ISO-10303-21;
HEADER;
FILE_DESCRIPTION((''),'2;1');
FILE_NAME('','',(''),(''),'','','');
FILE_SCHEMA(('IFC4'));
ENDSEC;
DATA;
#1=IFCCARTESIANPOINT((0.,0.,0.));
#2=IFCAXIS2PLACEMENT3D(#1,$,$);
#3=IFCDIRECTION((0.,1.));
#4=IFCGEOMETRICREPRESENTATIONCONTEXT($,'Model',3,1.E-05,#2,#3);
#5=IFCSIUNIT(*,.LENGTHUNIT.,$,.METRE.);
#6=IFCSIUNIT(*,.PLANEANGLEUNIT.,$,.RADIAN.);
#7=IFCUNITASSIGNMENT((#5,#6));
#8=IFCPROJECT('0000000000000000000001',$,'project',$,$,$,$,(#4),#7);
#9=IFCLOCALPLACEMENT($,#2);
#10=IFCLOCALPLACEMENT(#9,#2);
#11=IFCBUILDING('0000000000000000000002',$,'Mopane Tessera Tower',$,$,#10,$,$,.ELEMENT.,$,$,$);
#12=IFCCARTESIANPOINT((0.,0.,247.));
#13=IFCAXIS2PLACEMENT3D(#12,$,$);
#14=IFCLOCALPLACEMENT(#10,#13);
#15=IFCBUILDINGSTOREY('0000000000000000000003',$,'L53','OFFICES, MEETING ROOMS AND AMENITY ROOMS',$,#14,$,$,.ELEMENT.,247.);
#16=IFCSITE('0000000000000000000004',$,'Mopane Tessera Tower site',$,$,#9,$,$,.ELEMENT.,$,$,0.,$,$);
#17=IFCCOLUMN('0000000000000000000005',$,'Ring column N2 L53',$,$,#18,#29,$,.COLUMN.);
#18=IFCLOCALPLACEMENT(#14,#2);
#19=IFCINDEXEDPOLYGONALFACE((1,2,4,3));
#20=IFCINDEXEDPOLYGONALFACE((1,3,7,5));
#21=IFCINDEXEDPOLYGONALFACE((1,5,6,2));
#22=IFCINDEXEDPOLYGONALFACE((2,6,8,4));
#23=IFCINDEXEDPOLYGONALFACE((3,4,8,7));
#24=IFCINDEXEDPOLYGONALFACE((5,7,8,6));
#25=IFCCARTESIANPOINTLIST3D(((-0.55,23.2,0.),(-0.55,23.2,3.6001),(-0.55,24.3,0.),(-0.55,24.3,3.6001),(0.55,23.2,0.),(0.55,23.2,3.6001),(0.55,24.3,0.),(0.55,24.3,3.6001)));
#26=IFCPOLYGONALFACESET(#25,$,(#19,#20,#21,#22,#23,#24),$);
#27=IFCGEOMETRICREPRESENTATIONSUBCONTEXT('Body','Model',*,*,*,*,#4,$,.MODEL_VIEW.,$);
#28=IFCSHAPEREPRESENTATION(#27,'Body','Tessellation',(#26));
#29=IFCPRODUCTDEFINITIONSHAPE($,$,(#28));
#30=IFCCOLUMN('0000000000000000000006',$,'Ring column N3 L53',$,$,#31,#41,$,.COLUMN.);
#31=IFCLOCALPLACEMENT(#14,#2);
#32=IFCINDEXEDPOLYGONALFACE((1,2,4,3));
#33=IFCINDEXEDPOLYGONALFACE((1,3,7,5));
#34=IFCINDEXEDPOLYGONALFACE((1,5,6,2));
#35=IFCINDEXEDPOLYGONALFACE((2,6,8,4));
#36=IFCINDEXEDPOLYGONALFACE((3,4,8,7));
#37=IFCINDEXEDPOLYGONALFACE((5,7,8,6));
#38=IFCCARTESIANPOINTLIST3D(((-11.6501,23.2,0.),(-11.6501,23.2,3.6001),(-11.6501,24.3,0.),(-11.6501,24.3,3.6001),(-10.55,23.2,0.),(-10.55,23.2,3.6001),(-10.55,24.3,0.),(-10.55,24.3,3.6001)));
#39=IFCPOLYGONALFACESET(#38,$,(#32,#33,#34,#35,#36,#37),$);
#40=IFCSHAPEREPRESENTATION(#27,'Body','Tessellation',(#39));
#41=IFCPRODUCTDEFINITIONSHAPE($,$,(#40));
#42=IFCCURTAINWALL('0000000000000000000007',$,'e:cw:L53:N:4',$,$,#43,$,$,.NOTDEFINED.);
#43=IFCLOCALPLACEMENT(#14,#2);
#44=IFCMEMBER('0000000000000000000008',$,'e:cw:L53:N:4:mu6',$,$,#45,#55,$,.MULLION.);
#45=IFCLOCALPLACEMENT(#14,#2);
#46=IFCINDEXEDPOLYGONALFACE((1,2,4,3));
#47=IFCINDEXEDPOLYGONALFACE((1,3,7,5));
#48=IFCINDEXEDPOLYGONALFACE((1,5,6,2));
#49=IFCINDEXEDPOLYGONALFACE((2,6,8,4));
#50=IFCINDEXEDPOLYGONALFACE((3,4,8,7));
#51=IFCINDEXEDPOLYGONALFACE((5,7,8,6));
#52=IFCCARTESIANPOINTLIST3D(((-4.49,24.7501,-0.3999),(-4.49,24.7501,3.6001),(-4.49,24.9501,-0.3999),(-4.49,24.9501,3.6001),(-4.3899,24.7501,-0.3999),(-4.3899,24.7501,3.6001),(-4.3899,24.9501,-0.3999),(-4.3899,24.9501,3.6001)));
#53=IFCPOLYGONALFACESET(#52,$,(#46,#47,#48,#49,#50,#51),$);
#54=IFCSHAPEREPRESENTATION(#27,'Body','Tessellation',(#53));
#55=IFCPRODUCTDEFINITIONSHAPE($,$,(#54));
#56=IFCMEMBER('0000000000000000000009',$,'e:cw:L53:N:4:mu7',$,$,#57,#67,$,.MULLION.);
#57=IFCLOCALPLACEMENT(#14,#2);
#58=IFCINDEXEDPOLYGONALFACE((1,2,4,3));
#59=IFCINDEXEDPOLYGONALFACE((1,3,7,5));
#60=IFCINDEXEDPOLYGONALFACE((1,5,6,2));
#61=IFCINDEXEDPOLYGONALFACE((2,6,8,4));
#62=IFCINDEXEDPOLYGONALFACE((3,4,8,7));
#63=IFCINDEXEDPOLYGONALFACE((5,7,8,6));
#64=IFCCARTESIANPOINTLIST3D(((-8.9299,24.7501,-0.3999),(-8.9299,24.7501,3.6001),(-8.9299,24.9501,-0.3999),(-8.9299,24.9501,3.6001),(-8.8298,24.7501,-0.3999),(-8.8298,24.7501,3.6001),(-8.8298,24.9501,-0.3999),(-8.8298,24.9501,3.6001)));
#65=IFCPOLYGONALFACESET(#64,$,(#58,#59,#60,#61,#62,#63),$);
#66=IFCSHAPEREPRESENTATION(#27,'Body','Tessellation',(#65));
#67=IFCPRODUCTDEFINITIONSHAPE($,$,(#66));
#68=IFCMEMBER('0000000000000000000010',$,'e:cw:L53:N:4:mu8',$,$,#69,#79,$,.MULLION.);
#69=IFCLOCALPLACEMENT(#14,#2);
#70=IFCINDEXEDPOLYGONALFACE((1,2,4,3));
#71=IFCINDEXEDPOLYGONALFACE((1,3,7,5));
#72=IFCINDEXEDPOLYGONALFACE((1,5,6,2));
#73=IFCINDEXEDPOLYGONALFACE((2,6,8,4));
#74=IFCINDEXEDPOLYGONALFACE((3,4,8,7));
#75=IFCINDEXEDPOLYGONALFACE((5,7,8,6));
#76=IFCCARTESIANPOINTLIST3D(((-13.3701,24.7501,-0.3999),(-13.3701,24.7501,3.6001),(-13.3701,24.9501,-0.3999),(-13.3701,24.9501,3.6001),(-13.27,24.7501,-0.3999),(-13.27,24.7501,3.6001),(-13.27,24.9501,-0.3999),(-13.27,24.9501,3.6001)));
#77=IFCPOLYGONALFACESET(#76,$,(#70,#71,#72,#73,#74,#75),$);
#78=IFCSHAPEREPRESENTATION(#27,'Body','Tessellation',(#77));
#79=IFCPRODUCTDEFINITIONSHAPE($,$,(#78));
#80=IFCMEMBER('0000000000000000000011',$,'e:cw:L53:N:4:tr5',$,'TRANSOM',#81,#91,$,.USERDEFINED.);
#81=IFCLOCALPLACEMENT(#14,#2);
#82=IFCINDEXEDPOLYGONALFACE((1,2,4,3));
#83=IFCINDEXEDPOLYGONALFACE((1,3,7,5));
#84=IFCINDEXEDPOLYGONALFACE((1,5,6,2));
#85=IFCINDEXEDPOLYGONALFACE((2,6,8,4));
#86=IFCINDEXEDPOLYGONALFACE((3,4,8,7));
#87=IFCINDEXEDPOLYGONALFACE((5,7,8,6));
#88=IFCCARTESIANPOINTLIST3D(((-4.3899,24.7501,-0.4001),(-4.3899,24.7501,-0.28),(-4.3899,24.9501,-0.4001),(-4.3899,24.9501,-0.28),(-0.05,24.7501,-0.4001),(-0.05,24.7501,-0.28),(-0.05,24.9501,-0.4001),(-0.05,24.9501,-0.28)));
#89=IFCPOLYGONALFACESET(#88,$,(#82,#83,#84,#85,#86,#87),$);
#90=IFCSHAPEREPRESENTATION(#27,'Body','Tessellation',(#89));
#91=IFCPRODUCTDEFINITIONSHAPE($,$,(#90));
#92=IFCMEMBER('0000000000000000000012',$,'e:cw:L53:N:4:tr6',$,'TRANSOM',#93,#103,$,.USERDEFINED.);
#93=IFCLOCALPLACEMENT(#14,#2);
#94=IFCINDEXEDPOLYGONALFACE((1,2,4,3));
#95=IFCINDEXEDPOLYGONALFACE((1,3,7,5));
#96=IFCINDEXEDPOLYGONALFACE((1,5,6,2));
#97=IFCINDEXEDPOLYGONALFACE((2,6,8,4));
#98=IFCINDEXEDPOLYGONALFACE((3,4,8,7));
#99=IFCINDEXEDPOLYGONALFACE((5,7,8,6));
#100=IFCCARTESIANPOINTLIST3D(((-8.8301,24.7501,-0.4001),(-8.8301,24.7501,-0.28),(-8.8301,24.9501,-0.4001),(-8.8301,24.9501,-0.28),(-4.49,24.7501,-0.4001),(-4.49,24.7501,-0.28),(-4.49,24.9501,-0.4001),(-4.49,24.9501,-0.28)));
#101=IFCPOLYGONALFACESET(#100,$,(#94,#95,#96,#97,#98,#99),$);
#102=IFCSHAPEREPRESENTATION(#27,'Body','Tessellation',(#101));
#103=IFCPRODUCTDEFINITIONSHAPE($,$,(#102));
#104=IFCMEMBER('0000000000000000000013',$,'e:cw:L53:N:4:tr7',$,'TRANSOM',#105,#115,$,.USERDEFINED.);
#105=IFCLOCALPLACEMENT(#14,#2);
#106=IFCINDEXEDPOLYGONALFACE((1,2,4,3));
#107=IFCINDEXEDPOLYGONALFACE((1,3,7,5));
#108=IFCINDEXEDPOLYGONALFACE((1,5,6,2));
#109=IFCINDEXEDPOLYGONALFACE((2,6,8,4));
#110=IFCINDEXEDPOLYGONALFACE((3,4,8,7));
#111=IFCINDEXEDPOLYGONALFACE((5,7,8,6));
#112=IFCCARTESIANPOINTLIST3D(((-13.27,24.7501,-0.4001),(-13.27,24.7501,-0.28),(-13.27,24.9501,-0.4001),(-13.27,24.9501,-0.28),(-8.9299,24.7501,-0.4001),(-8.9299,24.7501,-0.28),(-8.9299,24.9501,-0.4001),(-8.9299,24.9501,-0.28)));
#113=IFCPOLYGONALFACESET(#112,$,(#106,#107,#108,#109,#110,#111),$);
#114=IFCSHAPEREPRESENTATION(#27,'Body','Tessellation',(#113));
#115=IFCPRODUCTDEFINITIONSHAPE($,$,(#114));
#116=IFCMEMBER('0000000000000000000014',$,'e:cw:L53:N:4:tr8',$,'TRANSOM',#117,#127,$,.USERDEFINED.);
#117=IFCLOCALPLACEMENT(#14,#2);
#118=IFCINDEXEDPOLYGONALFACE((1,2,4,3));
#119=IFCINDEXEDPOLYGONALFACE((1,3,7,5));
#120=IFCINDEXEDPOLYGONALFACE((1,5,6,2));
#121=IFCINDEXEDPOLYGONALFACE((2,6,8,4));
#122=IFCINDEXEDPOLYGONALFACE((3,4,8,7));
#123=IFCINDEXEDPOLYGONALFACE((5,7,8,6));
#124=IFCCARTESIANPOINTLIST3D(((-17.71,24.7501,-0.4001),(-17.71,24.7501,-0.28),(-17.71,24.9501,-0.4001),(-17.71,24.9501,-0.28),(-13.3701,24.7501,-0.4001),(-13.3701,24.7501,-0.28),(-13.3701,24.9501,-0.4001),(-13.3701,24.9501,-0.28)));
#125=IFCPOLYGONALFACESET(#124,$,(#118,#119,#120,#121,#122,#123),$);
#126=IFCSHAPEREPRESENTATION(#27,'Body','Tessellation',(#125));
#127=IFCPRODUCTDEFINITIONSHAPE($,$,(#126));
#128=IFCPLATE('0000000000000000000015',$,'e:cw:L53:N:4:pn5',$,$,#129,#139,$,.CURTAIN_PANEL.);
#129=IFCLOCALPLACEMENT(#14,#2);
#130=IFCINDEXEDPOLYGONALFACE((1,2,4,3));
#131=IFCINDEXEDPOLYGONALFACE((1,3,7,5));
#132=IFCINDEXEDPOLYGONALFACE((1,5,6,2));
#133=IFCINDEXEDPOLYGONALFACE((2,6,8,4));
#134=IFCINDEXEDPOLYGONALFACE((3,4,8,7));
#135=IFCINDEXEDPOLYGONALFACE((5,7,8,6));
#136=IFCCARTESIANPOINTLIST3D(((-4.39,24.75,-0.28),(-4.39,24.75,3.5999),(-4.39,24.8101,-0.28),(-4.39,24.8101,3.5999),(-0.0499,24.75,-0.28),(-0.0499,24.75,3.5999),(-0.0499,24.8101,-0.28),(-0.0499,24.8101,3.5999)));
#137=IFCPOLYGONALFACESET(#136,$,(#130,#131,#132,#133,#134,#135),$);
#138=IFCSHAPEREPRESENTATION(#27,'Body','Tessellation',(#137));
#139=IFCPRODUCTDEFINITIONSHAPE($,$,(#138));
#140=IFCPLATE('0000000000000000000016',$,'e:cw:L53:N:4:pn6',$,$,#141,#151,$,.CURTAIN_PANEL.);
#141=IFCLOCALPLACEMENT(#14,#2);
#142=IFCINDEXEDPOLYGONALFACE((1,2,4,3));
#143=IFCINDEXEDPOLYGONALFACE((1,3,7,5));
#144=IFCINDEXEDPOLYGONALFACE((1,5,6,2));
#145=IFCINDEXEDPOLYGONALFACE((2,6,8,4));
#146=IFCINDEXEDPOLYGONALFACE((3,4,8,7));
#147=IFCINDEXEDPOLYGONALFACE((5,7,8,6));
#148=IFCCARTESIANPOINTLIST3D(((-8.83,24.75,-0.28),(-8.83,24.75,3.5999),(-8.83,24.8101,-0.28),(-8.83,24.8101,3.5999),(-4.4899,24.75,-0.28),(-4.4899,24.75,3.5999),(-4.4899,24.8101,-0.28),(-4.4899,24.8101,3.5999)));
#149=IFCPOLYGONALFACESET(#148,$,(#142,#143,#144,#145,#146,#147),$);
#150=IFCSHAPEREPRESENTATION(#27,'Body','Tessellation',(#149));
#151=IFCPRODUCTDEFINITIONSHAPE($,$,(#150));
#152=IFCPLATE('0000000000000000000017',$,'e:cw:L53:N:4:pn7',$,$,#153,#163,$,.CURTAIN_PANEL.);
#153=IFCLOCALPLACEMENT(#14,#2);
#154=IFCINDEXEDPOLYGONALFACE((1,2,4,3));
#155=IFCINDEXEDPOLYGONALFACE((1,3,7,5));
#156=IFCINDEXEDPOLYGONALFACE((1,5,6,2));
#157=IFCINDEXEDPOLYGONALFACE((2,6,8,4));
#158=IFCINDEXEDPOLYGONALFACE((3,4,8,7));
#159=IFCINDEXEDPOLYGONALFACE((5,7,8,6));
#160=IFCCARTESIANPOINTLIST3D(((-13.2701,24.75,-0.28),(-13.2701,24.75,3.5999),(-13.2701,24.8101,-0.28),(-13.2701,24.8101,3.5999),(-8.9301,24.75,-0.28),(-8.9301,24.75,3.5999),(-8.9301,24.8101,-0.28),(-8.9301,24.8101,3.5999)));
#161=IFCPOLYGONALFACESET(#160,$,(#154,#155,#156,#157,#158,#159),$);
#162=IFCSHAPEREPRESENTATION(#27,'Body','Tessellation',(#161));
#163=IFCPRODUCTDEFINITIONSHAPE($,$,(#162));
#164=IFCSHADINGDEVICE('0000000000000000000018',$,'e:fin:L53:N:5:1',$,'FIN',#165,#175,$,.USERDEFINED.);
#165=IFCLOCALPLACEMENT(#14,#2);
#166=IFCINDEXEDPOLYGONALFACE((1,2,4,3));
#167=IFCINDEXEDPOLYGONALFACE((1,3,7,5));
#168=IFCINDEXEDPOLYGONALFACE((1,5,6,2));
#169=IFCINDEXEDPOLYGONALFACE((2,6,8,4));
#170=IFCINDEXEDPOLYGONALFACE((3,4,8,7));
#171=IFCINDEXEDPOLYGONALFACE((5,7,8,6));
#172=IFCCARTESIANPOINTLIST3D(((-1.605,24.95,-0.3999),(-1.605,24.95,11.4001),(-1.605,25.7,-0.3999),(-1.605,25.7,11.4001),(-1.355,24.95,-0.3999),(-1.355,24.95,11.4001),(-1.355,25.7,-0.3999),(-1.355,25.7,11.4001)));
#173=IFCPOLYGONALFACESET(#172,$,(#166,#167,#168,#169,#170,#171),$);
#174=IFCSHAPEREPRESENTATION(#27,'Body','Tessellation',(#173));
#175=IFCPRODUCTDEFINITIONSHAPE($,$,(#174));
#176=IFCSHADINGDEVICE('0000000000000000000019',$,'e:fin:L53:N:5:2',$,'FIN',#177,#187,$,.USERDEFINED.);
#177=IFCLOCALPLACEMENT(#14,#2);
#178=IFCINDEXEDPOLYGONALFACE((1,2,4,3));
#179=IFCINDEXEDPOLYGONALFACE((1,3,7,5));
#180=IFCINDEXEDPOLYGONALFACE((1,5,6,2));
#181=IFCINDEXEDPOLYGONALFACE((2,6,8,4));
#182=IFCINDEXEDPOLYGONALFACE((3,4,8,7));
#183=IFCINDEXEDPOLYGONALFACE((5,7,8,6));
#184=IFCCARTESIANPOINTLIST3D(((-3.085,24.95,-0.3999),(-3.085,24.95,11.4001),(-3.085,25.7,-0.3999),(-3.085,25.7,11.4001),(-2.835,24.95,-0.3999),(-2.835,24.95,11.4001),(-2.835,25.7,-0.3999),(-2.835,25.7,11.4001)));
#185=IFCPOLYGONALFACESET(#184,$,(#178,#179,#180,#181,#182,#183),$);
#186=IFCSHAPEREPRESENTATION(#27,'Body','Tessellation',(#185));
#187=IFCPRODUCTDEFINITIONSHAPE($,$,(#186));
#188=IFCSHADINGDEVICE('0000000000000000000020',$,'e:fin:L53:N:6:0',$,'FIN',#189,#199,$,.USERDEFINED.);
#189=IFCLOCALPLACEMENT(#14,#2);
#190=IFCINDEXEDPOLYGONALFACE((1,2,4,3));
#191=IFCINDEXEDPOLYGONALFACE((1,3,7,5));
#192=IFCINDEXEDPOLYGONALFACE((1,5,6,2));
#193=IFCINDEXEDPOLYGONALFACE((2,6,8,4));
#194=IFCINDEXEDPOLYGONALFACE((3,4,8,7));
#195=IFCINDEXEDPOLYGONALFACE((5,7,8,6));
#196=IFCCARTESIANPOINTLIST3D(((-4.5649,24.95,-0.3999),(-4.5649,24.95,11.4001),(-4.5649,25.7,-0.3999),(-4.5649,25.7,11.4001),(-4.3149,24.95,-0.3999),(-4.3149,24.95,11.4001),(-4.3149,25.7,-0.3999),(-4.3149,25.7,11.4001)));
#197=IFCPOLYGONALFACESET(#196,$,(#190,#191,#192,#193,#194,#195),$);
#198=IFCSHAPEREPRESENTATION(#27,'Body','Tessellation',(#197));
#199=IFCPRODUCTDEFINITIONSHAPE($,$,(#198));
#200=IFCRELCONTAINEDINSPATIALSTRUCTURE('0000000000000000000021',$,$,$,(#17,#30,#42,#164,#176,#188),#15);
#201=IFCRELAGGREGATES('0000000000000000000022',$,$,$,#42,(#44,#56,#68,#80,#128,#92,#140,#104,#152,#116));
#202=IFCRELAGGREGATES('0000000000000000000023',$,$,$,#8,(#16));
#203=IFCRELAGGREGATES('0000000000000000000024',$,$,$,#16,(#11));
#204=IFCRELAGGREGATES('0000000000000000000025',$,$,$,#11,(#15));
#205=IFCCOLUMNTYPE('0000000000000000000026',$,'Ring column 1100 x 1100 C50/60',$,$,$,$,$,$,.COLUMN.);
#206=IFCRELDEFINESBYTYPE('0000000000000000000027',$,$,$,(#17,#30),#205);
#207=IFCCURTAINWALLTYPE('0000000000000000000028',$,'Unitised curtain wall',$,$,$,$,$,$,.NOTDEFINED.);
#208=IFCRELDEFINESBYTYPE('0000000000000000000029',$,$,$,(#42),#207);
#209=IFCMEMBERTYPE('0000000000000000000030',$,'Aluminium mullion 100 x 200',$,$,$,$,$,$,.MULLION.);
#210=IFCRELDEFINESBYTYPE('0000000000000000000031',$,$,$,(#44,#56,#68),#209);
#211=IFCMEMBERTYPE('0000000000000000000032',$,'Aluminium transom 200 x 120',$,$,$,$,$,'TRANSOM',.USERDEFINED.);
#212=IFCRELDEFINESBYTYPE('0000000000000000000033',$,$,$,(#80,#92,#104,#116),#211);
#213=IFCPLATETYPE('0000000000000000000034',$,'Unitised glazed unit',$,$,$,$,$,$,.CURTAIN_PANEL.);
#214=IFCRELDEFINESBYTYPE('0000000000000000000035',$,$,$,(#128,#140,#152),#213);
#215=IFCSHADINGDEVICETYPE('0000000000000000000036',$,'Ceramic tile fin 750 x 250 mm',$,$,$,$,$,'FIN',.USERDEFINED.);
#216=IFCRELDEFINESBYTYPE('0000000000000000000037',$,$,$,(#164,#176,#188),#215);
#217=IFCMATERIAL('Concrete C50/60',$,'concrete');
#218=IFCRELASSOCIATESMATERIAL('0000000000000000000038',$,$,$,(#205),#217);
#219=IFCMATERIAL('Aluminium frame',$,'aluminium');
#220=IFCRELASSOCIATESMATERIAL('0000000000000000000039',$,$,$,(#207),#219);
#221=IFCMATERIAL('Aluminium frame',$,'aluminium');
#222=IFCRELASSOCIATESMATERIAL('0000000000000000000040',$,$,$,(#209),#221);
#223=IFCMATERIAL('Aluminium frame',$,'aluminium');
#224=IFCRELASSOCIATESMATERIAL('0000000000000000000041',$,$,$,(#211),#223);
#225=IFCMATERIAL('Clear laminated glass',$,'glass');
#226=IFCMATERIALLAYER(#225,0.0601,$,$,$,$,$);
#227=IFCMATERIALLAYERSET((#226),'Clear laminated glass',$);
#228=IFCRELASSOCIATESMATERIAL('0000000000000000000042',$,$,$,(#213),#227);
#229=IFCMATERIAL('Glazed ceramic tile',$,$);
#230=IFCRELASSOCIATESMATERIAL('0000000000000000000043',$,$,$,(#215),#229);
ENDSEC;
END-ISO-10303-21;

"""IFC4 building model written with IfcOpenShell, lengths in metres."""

from ifc_helpers import new_model, si_unit, direction, frame, origin, origin_2d, place, context, subcontext, project, spatial, rectangle, extrude, material, layer, layer_set, material_profile, profile_set, type_object, element, aggregate, save


model = new_model("IFC4")

# Units and contexts
model_context = context("Model", 3, precision=1e-05, world=origin(), true_north=direction((0.0, 1.0)))
body_context = subcontext(model_context, "Body", "Model", "MODEL_VIEW")
ifc_project = project(units=[si_unit("LENGTHUNIT", "METRE"), si_unit("PLANEANGLEUNIT", "RADIAN")], contexts=[model_context])

# Site, building, storey
site_placement = place(None, origin())
site = spatial("IfcSite", under=ifc_project, at=site_placement, Name="Mopane Tessera Tower site", CompositionType="ELEMENT", RefElevation=0.0)
building_placement = place(site_placement, origin())
building = spatial("IfcBuilding", under=site, at=building_placement, Name="Mopane Tessera Tower", CompositionType="ELEMENT")
storey_placement = place(building_placement, frame((0.0, 0.0, 247.0)))
storey = spatial("IfcBuildingStorey", under=building, at=storey_placement, Name="L53", Description="OFFICES, MEETING ROOMS AND AMENITY ROOMS", CompositionType="ELEMENT", Elevation=247.0)

# Columns
ifc_material_1 = material(Name="Concrete C50/60", Category="concrete")
ifc_material_profile_1 = material_profile(ifc_material_1, rectangle(XDim=1.1001, YDim=1.1001, at=origin_2d()))
ifc_profile_set_1 = profile_set([ifc_material_profile_1], Name="Concrete C50/60")
column_type = type_object("IfcColumnType", Name="Ring column 1100 x 1100 C50/60", PredefinedType="COLUMN", material=ifc_profile_set_1)
for number, where, z_axis, x_axis, name in (
    (1, (0.0, 23.75, 0.0), (0.0, 0.0, 1.0), (1.0, 0.0, 0.0), "Ring column N2 L53"),
    (2, (-11.1001, 23.75, 0.0), (0.0, 0.0, 1.0), (1.0, 0.0, 0.0), "Ring column N3 L53"),
):
    element("IfcColumn", number, at=place(storey_placement, frame(where, z_axis=z_axis, x_axis=x_axis)), inside=storey, type_object=column_type, Name=name, PredefinedType="COLUMN", context=body_context, shape_type="SweptSolid", body=[
        extrude(rectangle(XDim=1.1001, YDim=1.1001, at=origin_2d()), origin(), (0.0, 0.0, 1.0), 3.6001),
    ])

# Curtain wall, members, plates
ifc_material_2 = material(Name="Aluminium frame", Category="aluminium")
curtain_wall_type = type_object("IfcCurtainWallType", Name="Unitised curtain wall", PredefinedType="NOTDEFINED", material=ifc_material_2)
curtain_wall_placement = place(storey_placement, origin())
curtain_wall = element("IfcCurtainWall", 3, at=curtain_wall_placement, inside=storey, type_object=curtain_wall_type, Name="e:cw:L53:N:4", PredefinedType="NOTDEFINED")
ifc_material_3 = material(Name="Aluminium frame", Category="aluminium")
ifc_material_profile_2 = material_profile(ifc_material_3, rectangle(XDim=0.1001, YDim=0.2, at=origin_2d()))
ifc_profile_set_2 = profile_set([ifc_material_profile_2], Name="Aluminium frame")
member_type_1 = type_object("IfcMemberType", Name="Aluminium mullion 100 x 200", PredefinedType="MULLION", material=ifc_profile_set_2)
member_1_placement = place(storey_placement, frame((-4.4399, 24.8501, -0.3999), z_axis=(0.0, 0.0, 1.0), x_axis=(-1.0, 0.0, 0.0)))
member_1 = element("IfcMember", 4, at=member_1_placement, type_object=member_type_1, Name="e:cw:L53:N:4:mu6", PredefinedType="MULLION", context=body_context, shape_type="SweptSolid", body=[
    extrude(rectangle(XDim=0.1001, YDim=0.2, at=origin_2d()), origin(), (0.0, 0.0, 1.0), 4.0),
])
member_2_placement = place(storey_placement, frame((-8.8799, 24.8501, -0.3999), z_axis=(0.0, 0.0, 1.0), x_axis=(-1.0, 0.0, 0.0)))
member_2 = element("IfcMember", 5, at=member_2_placement, type_object=member_type_1, Name="e:cw:L53:N:4:mu7", PredefinedType="MULLION", context=body_context, shape_type="SweptSolid", body=[
    extrude(rectangle(XDim=0.1001, YDim=0.2, at=origin_2d()), origin(), (0.0, 0.0, 1.0), 4.0),
])
member_3_placement = place(storey_placement, frame((-13.3201, 24.8501, -0.3999), z_axis=(0.0, 0.0, 1.0), x_axis=(-1.0, 0.0, 0.0)))
member_3 = element("IfcMember", 6, at=member_3_placement, type_object=member_type_1, Name="e:cw:L53:N:4:mu8", PredefinedType="MULLION", context=body_context, shape_type="SweptSolid", body=[
    extrude(rectangle(XDim=0.1001, YDim=0.2, at=origin_2d()), origin(), (0.0, 0.0, 1.0), 4.0),
])
ifc_material_4 = material(Name="Aluminium frame", Category="aluminium")
ifc_material_profile_3 = material_profile(ifc_material_4, rectangle(XDim=0.2, YDim=0.1201, at=origin_2d()))
ifc_profile_set_3 = profile_set([ifc_material_profile_3], Name="Aluminium frame")
member_type_2 = type_object("IfcMemberType", Name="Aluminium transom 200 x 120", ElementType="TRANSOM", PredefinedType="USERDEFINED", material=ifc_profile_set_3)
member_4_placement = place(storey_placement, frame((-0.05, 24.8501, -0.3401), z_axis=(-1.0, 0.0, 0.0), x_axis=(0.0, -1.0, 0.0)))
member_4 = element("IfcMember", 7, at=member_4_placement, type_object=member_type_2, Name="e:cw:L53:N:4:tr5", ObjectType="TRANSOM", PredefinedType="USERDEFINED", context=body_context, shape_type="SweptSolid", body=[
    extrude(rectangle(XDim=0.2, YDim=0.1201, at=origin_2d()), origin(), (0.0, 0.0, 1.0), 4.3398),
])
member_5_placement = place(storey_placement, frame((-4.49, 24.8501, -0.3401), z_axis=(-1.0, 0.0, 0.0), x_axis=(0.0, -1.0, 0.0)))
member_5 = element("IfcMember", 8, at=member_5_placement, type_object=member_type_2, Name="e:cw:L53:N:4:tr6", ObjectType="TRANSOM", PredefinedType="USERDEFINED", context=body_context, shape_type="SweptSolid", body=[
    extrude(rectangle(XDim=0.2, YDim=0.1201, at=origin_2d()), origin(), (0.0, 0.0, 1.0), 4.3401),
])
member_6_placement = place(storey_placement, frame((-8.9299, 24.8501, -0.3401), z_axis=(-1.0, 0.0, 0.0), x_axis=(0.0, -1.0, 0.0)))
member_6 = element("IfcMember", 9, at=member_6_placement, type_object=member_type_2, Name="e:cw:L53:N:4:tr7", ObjectType="TRANSOM", PredefinedType="USERDEFINED", context=body_context, shape_type="SweptSolid", body=[
    extrude(rectangle(XDim=0.2, YDim=0.1201, at=origin_2d()), origin(), (0.0, 0.0, 1.0), 4.3401),
])
member_7_placement = place(storey_placement, frame((-13.3701, 24.8501, -0.3401), z_axis=(-1.0, 0.0, 0.0), x_axis=(0.0, -1.0, 0.0)))
member_7 = element("IfcMember", 10, at=member_7_placement, type_object=member_type_2, Name="e:cw:L53:N:4:tr8", ObjectType="TRANSOM", PredefinedType="USERDEFINED", context=body_context, shape_type="SweptSolid", body=[
    extrude(rectangle(XDim=0.2, YDim=0.1201, at=origin_2d()), origin(), (0.0, 0.0, 1.0), 4.3398),
])
ifc_material_5 = material(Name="Clear laminated glass", Category="glass")
ifc_layer = layer(ifc_material_5, 0.0601)
ifc_layer_set = layer_set([ifc_layer], Name="Clear laminated glass")
plate_type = type_object("IfcPlateType", Name="Unitised glazed unit", PredefinedType="CURTAIN_PANEL", material=ifc_layer_set)
plate_1_placement = place(storey_placement, frame((-2.22, 24.78, -0.28), z_axis=(0.0, 0.0, 1.0), x_axis=(-1.0, 0.0, 0.0)))
plate_1 = element("IfcPlate", 11, at=plate_1_placement, type_object=plate_type, Name="e:cw:L53:N:4:pn5", PredefinedType="CURTAIN_PANEL", context=body_context, shape_type="SweptSolid", body=[
    extrude(rectangle(XDim=4.3401, YDim=0.0601, at=origin_2d()), origin(), (0.0, 0.0, 1.0), 3.8799),
])
plate_2_placement = place(storey_placement, frame((-6.6599, 24.78, -0.28), z_axis=(0.0, 0.0, 1.0), x_axis=(-1.0, 0.0, 0.0)))
plate_2 = element("IfcPlate", 12, at=plate_2_placement, type_object=plate_type, Name="e:cw:L53:N:4:pn6", PredefinedType="CURTAIN_PANEL", context=body_context, shape_type="SweptSolid", body=[
    extrude(rectangle(XDim=4.3401, YDim=0.0601, at=origin_2d()), origin(), (0.0, 0.0, 1.0), 3.8799),
])
plate_3_placement = place(storey_placement, frame((-11.1001, 24.78, -0.28), z_axis=(0.0, 0.0, 1.0), x_axis=(-1.0, 0.0, 0.0)))
plate_3 = element("IfcPlate", 13, at=plate_3_placement, type_object=plate_type, Name="e:cw:L53:N:4:pn7", PredefinedType="CURTAIN_PANEL", context=body_context, shape_type="SweptSolid", body=[
    extrude(rectangle(XDim=4.3401, YDim=0.0601, at=origin_2d()), origin(), (0.0, 0.0, 1.0), 3.8799),
])
aggregate(curtain_wall, [member_1, member_2, member_3, member_4, plate_1, member_5, plate_2, member_6, plate_3, member_7])

# Shading devices
ifc_material_6 = material(Name="Glazed ceramic tile")
shading_device_type = type_object("IfcShadingDeviceType", Name="Ceramic tile fin 750 x 250 mm", ElementType="FIN", PredefinedType="USERDEFINED", material=ifc_material_6)
for number, where, z_axis, x_axis, name in (
    (14, (-1.48, 25.325, -0.3999), (0.0, 0.0, 1.0), (-1.0, 0.0, 0.0), "e:fin:L53:N:5:1"),
    (15, (-2.96, 25.325, -0.3999), (0.0, 0.0, 1.0), (-1.0, 0.0, 0.0), "e:fin:L53:N:5:2"),
    (16, (-4.4399, 25.325, -0.3999), (0.0, 0.0, 1.0), (-1.0, 0.0, 0.0), "e:fin:L53:N:6:0"),
):
    element("IfcShadingDevice", number, at=place(storey_placement, frame(where, z_axis=z_axis, x_axis=x_axis)), inside=storey, type_object=shading_device_type, Name=name, ObjectType="FIN", PredefinedType="USERDEFINED", context=body_context, shape_type="SweptSolid", body=[
        extrude(rectangle(XDim=0.25, YDim=0.75, at=origin_2d()), origin(), (0.0, 0.0, 1.0), 11.8),
    ])

save(model, "model.ifc")
